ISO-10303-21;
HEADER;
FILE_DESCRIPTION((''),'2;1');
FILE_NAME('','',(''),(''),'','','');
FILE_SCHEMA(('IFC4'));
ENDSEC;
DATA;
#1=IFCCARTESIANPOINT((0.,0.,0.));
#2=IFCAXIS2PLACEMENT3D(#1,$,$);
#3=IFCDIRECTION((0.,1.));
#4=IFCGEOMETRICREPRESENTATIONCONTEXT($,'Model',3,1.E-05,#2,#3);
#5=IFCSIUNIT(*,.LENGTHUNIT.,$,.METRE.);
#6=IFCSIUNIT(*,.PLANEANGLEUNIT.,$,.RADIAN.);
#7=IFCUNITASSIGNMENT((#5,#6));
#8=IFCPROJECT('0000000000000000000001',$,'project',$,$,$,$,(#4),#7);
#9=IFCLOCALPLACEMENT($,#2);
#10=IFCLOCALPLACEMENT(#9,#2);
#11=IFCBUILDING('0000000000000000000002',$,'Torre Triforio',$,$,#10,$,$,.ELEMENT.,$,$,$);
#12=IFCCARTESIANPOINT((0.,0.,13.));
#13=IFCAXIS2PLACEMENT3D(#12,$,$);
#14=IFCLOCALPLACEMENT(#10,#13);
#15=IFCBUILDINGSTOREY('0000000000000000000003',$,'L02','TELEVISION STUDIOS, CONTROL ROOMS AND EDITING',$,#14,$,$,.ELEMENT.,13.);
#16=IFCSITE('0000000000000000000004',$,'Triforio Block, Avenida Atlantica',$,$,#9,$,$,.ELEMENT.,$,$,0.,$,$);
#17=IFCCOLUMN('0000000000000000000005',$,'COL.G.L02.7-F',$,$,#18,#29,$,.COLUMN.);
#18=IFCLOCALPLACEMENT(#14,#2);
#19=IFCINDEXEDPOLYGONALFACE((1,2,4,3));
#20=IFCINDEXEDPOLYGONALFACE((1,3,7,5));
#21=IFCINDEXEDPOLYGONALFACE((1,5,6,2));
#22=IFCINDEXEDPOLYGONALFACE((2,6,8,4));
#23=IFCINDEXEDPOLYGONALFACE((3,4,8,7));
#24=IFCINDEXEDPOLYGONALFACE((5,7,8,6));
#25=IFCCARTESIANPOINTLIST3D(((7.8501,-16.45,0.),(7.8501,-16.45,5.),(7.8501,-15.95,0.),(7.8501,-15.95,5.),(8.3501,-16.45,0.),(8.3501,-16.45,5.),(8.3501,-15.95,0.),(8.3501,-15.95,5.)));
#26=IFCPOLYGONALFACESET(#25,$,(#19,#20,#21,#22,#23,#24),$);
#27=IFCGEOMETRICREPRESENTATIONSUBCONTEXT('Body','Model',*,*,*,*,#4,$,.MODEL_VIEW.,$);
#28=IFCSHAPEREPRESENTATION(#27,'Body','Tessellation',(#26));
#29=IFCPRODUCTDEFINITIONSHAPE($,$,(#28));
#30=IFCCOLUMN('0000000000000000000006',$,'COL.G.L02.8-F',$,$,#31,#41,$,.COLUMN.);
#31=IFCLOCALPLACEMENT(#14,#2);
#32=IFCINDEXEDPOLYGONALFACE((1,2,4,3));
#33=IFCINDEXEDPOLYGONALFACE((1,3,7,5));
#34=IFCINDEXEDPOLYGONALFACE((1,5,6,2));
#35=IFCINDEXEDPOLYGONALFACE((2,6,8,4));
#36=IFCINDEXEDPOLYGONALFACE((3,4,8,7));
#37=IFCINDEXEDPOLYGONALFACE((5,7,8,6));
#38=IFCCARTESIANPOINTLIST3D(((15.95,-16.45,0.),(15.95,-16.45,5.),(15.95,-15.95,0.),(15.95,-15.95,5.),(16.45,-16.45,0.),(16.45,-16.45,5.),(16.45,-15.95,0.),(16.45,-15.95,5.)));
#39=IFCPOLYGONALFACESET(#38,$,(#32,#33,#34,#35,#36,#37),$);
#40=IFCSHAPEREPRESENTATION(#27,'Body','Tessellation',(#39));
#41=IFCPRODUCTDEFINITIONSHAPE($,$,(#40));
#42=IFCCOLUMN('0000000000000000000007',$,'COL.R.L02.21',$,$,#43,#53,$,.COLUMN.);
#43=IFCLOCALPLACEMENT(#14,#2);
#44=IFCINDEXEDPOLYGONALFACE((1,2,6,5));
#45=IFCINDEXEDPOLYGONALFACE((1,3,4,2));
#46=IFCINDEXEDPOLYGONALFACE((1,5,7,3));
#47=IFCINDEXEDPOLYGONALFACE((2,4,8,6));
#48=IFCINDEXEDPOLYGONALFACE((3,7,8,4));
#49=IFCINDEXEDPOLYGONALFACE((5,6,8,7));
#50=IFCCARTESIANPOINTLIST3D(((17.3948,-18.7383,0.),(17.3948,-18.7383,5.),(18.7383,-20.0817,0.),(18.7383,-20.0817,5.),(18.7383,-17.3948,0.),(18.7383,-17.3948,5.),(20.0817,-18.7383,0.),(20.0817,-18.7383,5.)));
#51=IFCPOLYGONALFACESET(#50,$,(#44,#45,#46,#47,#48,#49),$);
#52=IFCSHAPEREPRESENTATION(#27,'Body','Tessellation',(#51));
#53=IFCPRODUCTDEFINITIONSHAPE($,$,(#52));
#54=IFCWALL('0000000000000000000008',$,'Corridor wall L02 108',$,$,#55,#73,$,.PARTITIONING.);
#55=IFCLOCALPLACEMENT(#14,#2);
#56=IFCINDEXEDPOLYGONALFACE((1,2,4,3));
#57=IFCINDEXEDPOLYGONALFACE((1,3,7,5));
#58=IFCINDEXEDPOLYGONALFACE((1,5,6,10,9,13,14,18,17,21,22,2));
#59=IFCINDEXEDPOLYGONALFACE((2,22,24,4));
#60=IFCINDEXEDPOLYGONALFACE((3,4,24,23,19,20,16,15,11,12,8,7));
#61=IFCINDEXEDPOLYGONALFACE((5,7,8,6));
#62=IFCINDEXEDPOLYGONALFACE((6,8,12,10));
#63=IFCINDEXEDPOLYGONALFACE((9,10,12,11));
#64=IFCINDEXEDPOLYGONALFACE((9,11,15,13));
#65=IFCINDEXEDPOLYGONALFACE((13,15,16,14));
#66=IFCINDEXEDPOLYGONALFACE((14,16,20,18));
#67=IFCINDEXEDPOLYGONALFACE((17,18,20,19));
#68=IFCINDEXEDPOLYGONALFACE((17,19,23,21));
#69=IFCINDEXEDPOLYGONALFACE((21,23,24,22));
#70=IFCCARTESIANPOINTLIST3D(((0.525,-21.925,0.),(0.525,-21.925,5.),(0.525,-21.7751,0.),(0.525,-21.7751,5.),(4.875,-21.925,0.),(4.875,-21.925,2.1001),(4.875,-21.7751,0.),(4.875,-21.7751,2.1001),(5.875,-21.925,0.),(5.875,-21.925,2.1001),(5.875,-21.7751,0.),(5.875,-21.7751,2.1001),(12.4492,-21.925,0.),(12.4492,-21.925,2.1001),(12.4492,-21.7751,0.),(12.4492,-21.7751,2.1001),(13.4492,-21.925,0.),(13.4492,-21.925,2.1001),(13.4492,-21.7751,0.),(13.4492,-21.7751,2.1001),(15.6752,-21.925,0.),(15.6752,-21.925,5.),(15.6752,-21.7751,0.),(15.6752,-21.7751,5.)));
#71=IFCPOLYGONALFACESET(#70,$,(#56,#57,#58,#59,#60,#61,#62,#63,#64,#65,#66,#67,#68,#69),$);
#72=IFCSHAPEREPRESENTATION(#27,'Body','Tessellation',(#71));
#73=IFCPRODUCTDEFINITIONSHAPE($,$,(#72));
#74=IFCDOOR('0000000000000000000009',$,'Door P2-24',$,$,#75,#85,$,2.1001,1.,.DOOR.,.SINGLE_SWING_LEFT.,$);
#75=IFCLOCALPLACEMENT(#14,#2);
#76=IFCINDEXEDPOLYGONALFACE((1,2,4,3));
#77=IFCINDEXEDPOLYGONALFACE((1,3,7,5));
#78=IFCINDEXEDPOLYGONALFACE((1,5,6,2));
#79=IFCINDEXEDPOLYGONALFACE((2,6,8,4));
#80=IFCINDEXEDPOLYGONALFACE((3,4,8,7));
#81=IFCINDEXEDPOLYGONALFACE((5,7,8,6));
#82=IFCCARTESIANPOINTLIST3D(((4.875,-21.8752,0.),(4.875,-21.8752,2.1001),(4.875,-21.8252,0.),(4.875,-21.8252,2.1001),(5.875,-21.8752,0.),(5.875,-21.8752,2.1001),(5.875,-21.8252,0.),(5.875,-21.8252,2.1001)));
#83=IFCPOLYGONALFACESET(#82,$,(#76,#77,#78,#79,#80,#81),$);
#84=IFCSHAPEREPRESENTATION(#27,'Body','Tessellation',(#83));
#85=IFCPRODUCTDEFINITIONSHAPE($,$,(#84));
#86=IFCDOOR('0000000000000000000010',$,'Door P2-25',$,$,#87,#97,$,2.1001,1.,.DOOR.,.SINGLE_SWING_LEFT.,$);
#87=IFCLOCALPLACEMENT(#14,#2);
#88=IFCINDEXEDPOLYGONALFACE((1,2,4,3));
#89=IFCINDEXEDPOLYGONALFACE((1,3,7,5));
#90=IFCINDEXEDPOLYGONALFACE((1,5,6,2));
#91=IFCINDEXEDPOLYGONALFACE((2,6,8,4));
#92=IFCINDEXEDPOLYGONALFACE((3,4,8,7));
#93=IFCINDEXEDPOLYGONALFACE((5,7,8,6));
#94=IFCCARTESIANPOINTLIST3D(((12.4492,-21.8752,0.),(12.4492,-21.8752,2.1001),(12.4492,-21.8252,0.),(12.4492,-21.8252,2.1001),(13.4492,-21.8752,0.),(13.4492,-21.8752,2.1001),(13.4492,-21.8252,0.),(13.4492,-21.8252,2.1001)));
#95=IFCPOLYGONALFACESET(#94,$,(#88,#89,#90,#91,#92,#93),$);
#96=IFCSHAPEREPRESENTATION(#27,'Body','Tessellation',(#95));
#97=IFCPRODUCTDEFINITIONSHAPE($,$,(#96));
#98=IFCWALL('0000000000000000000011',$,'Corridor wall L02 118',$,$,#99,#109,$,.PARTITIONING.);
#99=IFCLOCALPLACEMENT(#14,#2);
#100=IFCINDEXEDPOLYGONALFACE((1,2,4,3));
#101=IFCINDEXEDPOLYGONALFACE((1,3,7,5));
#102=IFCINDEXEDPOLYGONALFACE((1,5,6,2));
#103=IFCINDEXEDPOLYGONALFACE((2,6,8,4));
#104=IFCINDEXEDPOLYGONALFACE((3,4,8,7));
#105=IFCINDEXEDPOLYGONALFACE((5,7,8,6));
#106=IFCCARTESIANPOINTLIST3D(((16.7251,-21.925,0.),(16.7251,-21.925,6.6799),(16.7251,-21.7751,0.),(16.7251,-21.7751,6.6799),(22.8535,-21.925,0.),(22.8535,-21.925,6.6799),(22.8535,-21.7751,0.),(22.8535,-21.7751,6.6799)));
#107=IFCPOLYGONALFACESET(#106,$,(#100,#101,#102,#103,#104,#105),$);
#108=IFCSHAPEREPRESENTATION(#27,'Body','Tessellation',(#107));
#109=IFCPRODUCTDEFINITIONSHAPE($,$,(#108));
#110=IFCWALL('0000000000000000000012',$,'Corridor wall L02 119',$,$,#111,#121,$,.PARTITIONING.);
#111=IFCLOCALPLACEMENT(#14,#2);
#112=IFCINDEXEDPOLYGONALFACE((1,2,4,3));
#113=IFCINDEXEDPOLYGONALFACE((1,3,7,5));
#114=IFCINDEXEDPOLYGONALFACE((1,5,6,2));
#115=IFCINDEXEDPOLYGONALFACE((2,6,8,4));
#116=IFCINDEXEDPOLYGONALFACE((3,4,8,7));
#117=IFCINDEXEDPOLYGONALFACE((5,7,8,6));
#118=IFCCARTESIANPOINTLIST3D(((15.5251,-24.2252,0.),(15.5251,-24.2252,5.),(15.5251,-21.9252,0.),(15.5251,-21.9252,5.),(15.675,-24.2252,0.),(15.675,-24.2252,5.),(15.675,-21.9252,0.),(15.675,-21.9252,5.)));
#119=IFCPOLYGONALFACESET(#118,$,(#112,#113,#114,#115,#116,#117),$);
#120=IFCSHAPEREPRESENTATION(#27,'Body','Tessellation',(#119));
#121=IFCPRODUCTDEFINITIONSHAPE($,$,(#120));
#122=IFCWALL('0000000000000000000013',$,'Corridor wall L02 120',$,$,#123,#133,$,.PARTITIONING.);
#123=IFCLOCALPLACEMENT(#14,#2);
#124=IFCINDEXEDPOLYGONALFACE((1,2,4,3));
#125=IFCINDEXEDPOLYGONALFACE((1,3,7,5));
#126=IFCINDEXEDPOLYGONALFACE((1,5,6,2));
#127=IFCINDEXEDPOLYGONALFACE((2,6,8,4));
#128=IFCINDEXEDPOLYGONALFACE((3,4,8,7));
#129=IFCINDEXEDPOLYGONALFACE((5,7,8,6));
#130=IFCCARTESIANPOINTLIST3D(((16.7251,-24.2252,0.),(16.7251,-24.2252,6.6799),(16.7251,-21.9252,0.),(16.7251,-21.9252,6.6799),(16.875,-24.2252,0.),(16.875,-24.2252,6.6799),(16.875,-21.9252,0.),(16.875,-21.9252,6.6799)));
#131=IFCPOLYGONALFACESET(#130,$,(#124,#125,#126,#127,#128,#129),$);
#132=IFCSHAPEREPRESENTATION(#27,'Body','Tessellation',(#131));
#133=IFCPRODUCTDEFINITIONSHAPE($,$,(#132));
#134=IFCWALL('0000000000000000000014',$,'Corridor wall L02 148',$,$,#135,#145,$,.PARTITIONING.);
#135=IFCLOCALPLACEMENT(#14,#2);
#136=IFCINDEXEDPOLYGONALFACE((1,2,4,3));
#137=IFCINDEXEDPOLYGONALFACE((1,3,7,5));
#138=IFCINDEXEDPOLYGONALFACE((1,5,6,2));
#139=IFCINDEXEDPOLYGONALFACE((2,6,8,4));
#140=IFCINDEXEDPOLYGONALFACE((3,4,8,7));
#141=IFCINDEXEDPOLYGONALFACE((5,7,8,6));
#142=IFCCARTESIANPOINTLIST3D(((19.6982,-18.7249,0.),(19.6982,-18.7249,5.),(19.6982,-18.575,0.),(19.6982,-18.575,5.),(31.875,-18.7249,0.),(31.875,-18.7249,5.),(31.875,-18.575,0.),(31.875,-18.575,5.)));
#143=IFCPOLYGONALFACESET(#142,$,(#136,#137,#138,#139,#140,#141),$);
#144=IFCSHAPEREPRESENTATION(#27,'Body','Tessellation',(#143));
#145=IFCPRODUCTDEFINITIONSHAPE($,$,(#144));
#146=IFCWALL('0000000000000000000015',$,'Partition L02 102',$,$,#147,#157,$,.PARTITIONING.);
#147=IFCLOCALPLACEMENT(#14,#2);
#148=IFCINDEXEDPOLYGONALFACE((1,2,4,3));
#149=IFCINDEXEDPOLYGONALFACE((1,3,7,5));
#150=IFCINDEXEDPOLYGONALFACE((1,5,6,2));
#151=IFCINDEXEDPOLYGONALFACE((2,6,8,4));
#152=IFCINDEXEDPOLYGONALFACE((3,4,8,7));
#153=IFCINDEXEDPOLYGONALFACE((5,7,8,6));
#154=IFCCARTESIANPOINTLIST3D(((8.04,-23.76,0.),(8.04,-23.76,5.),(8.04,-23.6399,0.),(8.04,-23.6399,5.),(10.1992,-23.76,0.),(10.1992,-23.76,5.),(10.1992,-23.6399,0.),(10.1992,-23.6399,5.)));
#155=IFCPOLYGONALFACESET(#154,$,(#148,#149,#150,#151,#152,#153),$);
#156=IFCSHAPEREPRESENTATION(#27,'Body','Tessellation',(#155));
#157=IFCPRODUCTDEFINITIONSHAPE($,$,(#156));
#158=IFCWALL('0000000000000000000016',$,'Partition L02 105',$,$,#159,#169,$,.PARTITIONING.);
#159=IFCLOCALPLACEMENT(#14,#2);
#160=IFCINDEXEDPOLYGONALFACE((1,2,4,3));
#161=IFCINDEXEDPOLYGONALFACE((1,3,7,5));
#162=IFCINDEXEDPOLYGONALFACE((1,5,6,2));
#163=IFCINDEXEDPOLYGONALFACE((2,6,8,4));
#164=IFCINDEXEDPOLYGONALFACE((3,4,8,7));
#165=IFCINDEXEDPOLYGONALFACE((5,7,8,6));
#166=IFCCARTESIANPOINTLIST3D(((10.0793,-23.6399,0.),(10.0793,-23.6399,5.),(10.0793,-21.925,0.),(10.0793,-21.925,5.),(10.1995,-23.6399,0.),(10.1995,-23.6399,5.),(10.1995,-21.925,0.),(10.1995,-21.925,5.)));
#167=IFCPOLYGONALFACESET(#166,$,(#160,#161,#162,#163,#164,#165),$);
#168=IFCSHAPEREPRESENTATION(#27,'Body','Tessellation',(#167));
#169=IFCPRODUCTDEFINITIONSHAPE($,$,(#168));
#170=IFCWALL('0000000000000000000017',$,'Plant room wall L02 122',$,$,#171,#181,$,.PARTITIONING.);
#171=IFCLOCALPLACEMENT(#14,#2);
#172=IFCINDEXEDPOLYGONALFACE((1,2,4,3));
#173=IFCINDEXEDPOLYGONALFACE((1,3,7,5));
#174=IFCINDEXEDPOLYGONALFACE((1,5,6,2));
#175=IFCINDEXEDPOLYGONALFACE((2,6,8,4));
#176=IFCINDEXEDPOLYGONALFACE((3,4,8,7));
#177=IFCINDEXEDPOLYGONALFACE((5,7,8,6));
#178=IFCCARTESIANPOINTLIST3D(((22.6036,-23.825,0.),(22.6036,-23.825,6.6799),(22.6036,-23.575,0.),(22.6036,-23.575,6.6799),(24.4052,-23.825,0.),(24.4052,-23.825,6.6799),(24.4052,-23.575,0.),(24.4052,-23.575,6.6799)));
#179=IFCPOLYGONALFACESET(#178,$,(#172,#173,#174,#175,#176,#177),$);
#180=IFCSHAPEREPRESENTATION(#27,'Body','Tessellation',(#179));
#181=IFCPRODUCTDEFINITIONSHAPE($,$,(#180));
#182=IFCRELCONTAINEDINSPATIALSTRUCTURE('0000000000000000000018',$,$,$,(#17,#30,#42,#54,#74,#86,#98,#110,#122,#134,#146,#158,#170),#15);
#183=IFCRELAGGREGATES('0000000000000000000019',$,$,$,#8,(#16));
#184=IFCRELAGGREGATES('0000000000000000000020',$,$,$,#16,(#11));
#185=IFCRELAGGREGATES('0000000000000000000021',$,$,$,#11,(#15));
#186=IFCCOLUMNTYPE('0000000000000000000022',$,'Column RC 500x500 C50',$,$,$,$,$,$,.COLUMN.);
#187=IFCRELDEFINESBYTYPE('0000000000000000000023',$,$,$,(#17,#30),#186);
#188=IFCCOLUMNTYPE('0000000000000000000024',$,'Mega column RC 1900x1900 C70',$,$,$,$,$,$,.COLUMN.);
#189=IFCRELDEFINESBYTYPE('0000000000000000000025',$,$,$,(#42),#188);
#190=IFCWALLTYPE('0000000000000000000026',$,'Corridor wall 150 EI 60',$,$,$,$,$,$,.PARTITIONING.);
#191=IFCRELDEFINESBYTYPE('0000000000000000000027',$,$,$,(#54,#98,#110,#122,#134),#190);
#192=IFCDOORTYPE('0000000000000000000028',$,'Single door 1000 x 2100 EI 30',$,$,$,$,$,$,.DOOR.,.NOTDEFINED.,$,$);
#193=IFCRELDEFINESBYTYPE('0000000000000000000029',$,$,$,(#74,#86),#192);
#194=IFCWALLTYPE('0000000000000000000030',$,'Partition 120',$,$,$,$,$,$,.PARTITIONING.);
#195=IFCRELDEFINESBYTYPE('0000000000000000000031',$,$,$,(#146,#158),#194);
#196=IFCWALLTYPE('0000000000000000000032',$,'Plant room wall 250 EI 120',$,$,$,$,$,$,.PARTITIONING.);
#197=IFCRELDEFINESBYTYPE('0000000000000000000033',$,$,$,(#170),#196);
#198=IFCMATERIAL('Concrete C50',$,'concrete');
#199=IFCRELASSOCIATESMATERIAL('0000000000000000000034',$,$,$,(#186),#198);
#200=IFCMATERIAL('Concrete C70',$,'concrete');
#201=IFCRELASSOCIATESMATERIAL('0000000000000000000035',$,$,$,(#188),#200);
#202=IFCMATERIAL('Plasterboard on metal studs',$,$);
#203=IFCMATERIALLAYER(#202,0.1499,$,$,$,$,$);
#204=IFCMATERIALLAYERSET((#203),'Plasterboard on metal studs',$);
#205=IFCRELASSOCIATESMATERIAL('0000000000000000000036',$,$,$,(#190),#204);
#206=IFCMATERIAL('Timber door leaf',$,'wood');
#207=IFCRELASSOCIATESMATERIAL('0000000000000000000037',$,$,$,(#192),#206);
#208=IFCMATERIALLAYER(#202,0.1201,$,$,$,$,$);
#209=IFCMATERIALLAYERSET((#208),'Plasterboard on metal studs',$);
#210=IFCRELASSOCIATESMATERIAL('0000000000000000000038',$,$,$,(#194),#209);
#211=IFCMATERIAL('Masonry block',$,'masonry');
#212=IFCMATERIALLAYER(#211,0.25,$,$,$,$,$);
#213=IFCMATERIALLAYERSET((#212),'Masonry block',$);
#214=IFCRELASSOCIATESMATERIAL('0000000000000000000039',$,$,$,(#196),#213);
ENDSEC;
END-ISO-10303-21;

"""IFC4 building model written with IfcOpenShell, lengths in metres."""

from ifc_helpers import new_model, si_unit, direction, frame, frame_2d, origin, origin_2d, place, context, subcontext, project, spatial, rectangle, extrude, material, layer, layer_set, material_profile, profile_set, type_object, element, fill, save


model = new_model("IFC4")

# Units and contexts
model_context = context("Model", 3, precision=1e-05, world=origin(), true_north=direction((0.0, 1.0)))
body_context = subcontext(model_context, "Body", "Model", "MODEL_VIEW")
ifc_project = project(units=[si_unit("LENGTHUNIT", "METRE"), si_unit("PLANEANGLEUNIT", "RADIAN")], contexts=[model_context])

# Site, building, storey
site_placement = place(None, origin())
site = spatial("IfcSite", under=ifc_project, at=site_placement, Name="Triforio Block, Avenida Atlantica", CompositionType="ELEMENT", RefElevation=0.0)
building_placement = place(site_placement, origin())
building = spatial("IfcBuilding", under=site, at=building_placement, Name="Torre Triforio", CompositionType="ELEMENT")
storey_placement = place(building_placement, frame((0.0, 0.0, 13.0)))
storey = spatial("IfcBuildingStorey", under=building, at=storey_placement, Name="L02", Description="TELEVISION STUDIOS, CONTROL ROOMS AND EDITING", CompositionType="ELEMENT", Elevation=13.0)

# Columns
ifc_material_1 = material(Name="Concrete C50", Category="concrete")
ifc_material_profile_1 = material_profile(ifc_material_1, rectangle(XDim=0.5, YDim=0.5, at=origin_2d()), Name="RC 500x500")
ifc_profile_set_1 = profile_set([ifc_material_profile_1], Name="Concrete C50")
column_type_1 = type_object("IfcColumnType", Name="Column RC 500x500 C50", PredefinedType="COLUMN", material=ifc_profile_set_1)
for number, where, z_axis, x_axis, name in (
    (1, (8.1001, -16.2, 0.0), (0.0, 0.0, 1.0), (1.0, 0.0, 0.0), "COL.G.L02.7-F"),
    (2, (16.2, -16.2, 0.0), (0.0, 0.0, 1.0), (1.0, 0.0, 0.0), "COL.G.L02.8-F"),
):
    element("IfcColumn", number, at=place(storey_placement, frame(where, z_axis=z_axis, x_axis=x_axis)), inside=storey, type_object=column_type_1, Name=name, PredefinedType="COLUMN", context=body_context, shape_type="SweptSolid", body=[
        extrude(rectangle(XDim=0.5, YDim=0.5, at=origin_2d()), origin(), (0.0, 0.0, 1.0), 5.0),
    ])
ifc_material_2 = material(Name="Concrete C70", Category="concrete")
ifc_material_profile_2 = material_profile(ifc_material_2, rectangle(XDim=1.8999, YDim=1.8999, at=origin_2d()), Name="RC 1900x1900")
ifc_profile_set_2 = profile_set([ifc_material_profile_2], Name="Concrete C70")
column_type_2 = type_object("IfcColumnType", Name="Mega column RC 1900x1900 C70", PredefinedType="COLUMN", material=ifc_profile_set_2)
column_placement = place(storey_placement, frame((18.7383, -18.7383, 0.0), z_axis=(0.0, 0.0, 1.0), x_axis=(0.707107, 0.707107, 0.0)))
element("IfcColumn", 3, at=column_placement, inside=storey, type_object=column_type_2, Name="COL.R.L02.21", PredefinedType="COLUMN", context=body_context, shape_type="SweptSolid", body=[
    extrude(rectangle(XDim=1.8999, YDim=1.8999, at=origin_2d()), origin(), (0.0, 0.0, 1.0), 5.0),
])

# Wall, openings, doors
ifc_material_3 = material(Name="Plasterboard on metal studs")
ifc_layer_1 = layer(ifc_material_3, 0.1499)
ifc_layer_set_1 = layer_set([ifc_layer_1], Name="Plasterboard on metal studs")
wall_type_1 = type_object("IfcWallType", Name="Corridor wall 150 EI 60", PredefinedType="PARTITIONING", material=ifc_layer_set_1)
wall_1_placement = place(storey_placement, frame((0.5249, -21.8501, 0.0), z_axis=(0.0, 0.0, 1.0), x_axis=(1.0, 0.0, 0.0)))
wall_1 = element("IfcWall", 4, at=wall_1_placement, inside=storey, type_object=wall_type_1, Name="Corridor wall L02 108", PredefinedType="PARTITIONING", context=body_context, shape_type="SweptSolid", body=[
    extrude(rectangle(XDim=15.1501, YDim=0.1499, at=frame_2d((7.5752, 0.0))), origin(), (0.0, 0.0, 1.0), 5.0),
])
opening_1_placement = place(wall_1_placement, frame((4.3501, 0.0, 0.0)))
opening_1 = element("IfcOpeningElement", 5, at=opening_1_placement, cuts=wall_1, PredefinedType="OPENING", context=body_context, shape_type="SweptSolid", body=[
    extrude(rectangle(XDim=1.0, YDim=2.1001, at=frame_2d((0.5, 1.05))), frame((0.0, 0.085, 0.0), z_axis=(0.0, -1.0, 0.0), x_axis=(1.0, 0.0, 0.0)), (0.0, 0.0, 1.0), 0.1699),
])
opening_2_placement = place(wall_1_placement, frame((11.9243, 0.0, 0.0)))
opening_2 = element("IfcOpeningElement", 6, at=opening_2_placement, cuts=wall_1, PredefinedType="OPENING", context=body_context, shape_type="SweptSolid", body=[
    extrude(rectangle(XDim=1.0, YDim=2.1001, at=frame_2d((0.5, 1.05))), frame((0.0, 0.085, 0.0), z_axis=(0.0, -1.0, 0.0), x_axis=(1.0, 0.0, 0.0)), (0.0, 0.0, 1.0), 0.1699),
])
ifc_material_4 = material(Name="Timber door leaf", Category="wood")
door_type_1 = type_object("IfcDoorType", Name="Single door 1000 x 2100 EI 30", OperationType="NOTDEFINED", PredefinedType="DOOR", material=ifc_material_4)
door_1_placement = place(opening_1_placement, origin())
door_1 = element("IfcDoor", 7, at=door_1_placement, inside=storey, type_object=door_type_1, Name="Door P2-24", OperationType="SINGLE_SWING_LEFT", OverallHeight=2.1001, OverallWidth=1.0, PredefinedType="DOOR", context=body_context, shape_type="SweptSolid", body=[
    extrude(rectangle(XDim=1.0, YDim=2.1001, at=frame_2d((0.5, 1.05))), frame((0.0, 0.0249, 0.0), z_axis=(0.0, -1.0, 0.0), x_axis=(1.0, 0.0, 0.0)), (0.0, 0.0, 1.0), 0.05),
])
fill(opening_1, door_1)
door_2_placement = place(opening_2_placement, origin())
door_2 = element("IfcDoor", 8, at=door_2_placement, inside=storey, type_object=door_type_1, Name="Door P2-25", OperationType="SINGLE_SWING_LEFT", OverallHeight=2.1001, OverallWidth=1.0, PredefinedType="DOOR", context=body_context, shape_type="SweptSolid", body=[
    extrude(rectangle(XDim=1.0, YDim=2.1001, at=frame_2d((0.5, 1.05))), frame((0.0, 0.0249, 0.0), z_axis=(0.0, -1.0, 0.0), x_axis=(1.0, 0.0, 0.0)), (0.0, 0.0, 1.0), 0.05),
])
fill(opening_2, door_2)

# Walls
wall_2_placement = place(storey_placement, frame((16.7251, -21.8501, 0.0), z_axis=(0.0, 0.0, 1.0), x_axis=(1.0, 0.0, 0.0)))
element("IfcWall", 9, at=wall_2_placement, inside=storey, type_object=wall_type_1, Name="Corridor wall L02 118", PredefinedType="PARTITIONING", context=body_context, shape_type="SweptSolid", body=[
    extrude(rectangle(XDim=6.1284, YDim=0.1499, at=frame_2d((3.0642, 0.0))), origin(), (0.0, 0.0, 1.0), 6.6799),
])
wall_3_placement = place(storey_placement, frame((15.6001, -24.2251, 0.0), z_axis=(0.0, 0.0, 1.0), x_axis=(0.0, 1.0, 0.0)))
element("IfcWall", 10, at=wall_3_placement, inside=storey, type_object=wall_type_1, Name="Corridor wall L02 119", PredefinedType="PARTITIONING", context=body_context, shape_type="SweptSolid", body=[
    extrude(rectangle(XDim=2.3, YDim=0.1499, at=frame_2d((1.1499, 0.0))), origin(), (0.0, 0.0, 1.0), 5.0),
])
wall_4_placement = place(storey_placement, frame((16.8, -24.2251, 0.0), z_axis=(0.0, 0.0, 1.0), x_axis=(0.0, 1.0, 0.0)))
element("IfcWall", 11, at=wall_4_placement, inside=storey, type_object=wall_type_1, Name="Corridor wall L02 120", PredefinedType="PARTITIONING", context=body_context, shape_type="SweptSolid", body=[
    extrude(rectangle(XDim=2.3, YDim=0.1499, at=frame_2d((1.1499, 0.0))), origin(), (0.0, 0.0, 1.0), 6.6799),
])
wall_5_placement = place(storey_placement, frame((19.6982, -18.6499, 0.0), z_axis=(0.0, 0.0, 1.0), x_axis=(1.0, 0.0, 0.0)))
element("IfcWall", 12, at=wall_5_placement, inside=storey, type_object=wall_type_1, Name="Corridor wall L02 148", PredefinedType="PARTITIONING", context=body_context, shape_type="SweptSolid", body=[
    extrude(rectangle(XDim=12.1768, YDim=0.1499, at=frame_2d((6.0884, 0.0))), origin(), (0.0, 0.0, 1.0), 5.0),
])
ifc_layer_2 = layer(ifc_material_3, 0.1201)
ifc_layer_set_2 = layer_set([ifc_layer_2], Name="Plasterboard on metal studs")
wall_type_2 = type_object("IfcWallType", Name="Partition 120", PredefinedType="PARTITIONING", material=ifc_layer_set_2)
wall_6_placement = place(storey_placement, frame((8.04, -23.7, 0.0), z_axis=(0.0, 0.0, 1.0), x_axis=(1.0, 0.0, 0.0)))
element("IfcWall", 13, at=wall_6_placement, inside=storey, type_object=wall_type_2, Name="Partition L02 102", PredefinedType="PARTITIONING", context=body_context, shape_type="SweptSolid", body=[
    extrude(rectangle(XDim=2.1592, YDim=0.1201, at=frame_2d((1.0796, 0.0))), origin(), (0.0, 0.0, 1.0), 5.0),
])
wall_7_placement = place(storey_placement, frame((10.1394, -23.6399, 0.0), z_axis=(0.0, 0.0, 1.0), x_axis=(0.0, 1.0, 0.0)))
element("IfcWall", 14, at=wall_7_placement, inside=storey, type_object=wall_type_2, Name="Partition L02 105", PredefinedType="PARTITIONING", context=body_context, shape_type="SweptSolid", body=[
    extrude(rectangle(XDim=1.7148, YDim=0.1201, at=frame_2d((0.8574, 0.0))), origin(), (0.0, 0.0, 1.0), 5.0),
])
ifc_material_5 = material(Name="Masonry block", Category="masonry")
ifc_layer_3 = layer(ifc_material_5, 0.25)
ifc_layer_set_3 = layer_set([ifc_layer_3], Name="Masonry block")
wall_type_3 = type_object("IfcWallType", Name="Plant room wall 250 EI 120", PredefinedType="PARTITIONING", material=ifc_layer_set_3)
wall_8_placement = place(storey_placement, frame((22.6035, -23.7, 0.0), z_axis=(0.0, 0.0, 1.0), x_axis=(1.0, 0.0, 0.0)))
element("IfcWall", 15, at=wall_8_placement, inside=storey, type_object=wall_type_3, Name="Plant room wall L02 122", PredefinedType="PARTITIONING", context=body_context, shape_type="SweptSolid", body=[
    extrude(rectangle(XDim=1.8015, YDim=0.25, at=frame_2d((0.9009, 0.0))), origin(), (0.0, 0.0, 1.0), 6.6799),
])

save(model, "model.ifc")
